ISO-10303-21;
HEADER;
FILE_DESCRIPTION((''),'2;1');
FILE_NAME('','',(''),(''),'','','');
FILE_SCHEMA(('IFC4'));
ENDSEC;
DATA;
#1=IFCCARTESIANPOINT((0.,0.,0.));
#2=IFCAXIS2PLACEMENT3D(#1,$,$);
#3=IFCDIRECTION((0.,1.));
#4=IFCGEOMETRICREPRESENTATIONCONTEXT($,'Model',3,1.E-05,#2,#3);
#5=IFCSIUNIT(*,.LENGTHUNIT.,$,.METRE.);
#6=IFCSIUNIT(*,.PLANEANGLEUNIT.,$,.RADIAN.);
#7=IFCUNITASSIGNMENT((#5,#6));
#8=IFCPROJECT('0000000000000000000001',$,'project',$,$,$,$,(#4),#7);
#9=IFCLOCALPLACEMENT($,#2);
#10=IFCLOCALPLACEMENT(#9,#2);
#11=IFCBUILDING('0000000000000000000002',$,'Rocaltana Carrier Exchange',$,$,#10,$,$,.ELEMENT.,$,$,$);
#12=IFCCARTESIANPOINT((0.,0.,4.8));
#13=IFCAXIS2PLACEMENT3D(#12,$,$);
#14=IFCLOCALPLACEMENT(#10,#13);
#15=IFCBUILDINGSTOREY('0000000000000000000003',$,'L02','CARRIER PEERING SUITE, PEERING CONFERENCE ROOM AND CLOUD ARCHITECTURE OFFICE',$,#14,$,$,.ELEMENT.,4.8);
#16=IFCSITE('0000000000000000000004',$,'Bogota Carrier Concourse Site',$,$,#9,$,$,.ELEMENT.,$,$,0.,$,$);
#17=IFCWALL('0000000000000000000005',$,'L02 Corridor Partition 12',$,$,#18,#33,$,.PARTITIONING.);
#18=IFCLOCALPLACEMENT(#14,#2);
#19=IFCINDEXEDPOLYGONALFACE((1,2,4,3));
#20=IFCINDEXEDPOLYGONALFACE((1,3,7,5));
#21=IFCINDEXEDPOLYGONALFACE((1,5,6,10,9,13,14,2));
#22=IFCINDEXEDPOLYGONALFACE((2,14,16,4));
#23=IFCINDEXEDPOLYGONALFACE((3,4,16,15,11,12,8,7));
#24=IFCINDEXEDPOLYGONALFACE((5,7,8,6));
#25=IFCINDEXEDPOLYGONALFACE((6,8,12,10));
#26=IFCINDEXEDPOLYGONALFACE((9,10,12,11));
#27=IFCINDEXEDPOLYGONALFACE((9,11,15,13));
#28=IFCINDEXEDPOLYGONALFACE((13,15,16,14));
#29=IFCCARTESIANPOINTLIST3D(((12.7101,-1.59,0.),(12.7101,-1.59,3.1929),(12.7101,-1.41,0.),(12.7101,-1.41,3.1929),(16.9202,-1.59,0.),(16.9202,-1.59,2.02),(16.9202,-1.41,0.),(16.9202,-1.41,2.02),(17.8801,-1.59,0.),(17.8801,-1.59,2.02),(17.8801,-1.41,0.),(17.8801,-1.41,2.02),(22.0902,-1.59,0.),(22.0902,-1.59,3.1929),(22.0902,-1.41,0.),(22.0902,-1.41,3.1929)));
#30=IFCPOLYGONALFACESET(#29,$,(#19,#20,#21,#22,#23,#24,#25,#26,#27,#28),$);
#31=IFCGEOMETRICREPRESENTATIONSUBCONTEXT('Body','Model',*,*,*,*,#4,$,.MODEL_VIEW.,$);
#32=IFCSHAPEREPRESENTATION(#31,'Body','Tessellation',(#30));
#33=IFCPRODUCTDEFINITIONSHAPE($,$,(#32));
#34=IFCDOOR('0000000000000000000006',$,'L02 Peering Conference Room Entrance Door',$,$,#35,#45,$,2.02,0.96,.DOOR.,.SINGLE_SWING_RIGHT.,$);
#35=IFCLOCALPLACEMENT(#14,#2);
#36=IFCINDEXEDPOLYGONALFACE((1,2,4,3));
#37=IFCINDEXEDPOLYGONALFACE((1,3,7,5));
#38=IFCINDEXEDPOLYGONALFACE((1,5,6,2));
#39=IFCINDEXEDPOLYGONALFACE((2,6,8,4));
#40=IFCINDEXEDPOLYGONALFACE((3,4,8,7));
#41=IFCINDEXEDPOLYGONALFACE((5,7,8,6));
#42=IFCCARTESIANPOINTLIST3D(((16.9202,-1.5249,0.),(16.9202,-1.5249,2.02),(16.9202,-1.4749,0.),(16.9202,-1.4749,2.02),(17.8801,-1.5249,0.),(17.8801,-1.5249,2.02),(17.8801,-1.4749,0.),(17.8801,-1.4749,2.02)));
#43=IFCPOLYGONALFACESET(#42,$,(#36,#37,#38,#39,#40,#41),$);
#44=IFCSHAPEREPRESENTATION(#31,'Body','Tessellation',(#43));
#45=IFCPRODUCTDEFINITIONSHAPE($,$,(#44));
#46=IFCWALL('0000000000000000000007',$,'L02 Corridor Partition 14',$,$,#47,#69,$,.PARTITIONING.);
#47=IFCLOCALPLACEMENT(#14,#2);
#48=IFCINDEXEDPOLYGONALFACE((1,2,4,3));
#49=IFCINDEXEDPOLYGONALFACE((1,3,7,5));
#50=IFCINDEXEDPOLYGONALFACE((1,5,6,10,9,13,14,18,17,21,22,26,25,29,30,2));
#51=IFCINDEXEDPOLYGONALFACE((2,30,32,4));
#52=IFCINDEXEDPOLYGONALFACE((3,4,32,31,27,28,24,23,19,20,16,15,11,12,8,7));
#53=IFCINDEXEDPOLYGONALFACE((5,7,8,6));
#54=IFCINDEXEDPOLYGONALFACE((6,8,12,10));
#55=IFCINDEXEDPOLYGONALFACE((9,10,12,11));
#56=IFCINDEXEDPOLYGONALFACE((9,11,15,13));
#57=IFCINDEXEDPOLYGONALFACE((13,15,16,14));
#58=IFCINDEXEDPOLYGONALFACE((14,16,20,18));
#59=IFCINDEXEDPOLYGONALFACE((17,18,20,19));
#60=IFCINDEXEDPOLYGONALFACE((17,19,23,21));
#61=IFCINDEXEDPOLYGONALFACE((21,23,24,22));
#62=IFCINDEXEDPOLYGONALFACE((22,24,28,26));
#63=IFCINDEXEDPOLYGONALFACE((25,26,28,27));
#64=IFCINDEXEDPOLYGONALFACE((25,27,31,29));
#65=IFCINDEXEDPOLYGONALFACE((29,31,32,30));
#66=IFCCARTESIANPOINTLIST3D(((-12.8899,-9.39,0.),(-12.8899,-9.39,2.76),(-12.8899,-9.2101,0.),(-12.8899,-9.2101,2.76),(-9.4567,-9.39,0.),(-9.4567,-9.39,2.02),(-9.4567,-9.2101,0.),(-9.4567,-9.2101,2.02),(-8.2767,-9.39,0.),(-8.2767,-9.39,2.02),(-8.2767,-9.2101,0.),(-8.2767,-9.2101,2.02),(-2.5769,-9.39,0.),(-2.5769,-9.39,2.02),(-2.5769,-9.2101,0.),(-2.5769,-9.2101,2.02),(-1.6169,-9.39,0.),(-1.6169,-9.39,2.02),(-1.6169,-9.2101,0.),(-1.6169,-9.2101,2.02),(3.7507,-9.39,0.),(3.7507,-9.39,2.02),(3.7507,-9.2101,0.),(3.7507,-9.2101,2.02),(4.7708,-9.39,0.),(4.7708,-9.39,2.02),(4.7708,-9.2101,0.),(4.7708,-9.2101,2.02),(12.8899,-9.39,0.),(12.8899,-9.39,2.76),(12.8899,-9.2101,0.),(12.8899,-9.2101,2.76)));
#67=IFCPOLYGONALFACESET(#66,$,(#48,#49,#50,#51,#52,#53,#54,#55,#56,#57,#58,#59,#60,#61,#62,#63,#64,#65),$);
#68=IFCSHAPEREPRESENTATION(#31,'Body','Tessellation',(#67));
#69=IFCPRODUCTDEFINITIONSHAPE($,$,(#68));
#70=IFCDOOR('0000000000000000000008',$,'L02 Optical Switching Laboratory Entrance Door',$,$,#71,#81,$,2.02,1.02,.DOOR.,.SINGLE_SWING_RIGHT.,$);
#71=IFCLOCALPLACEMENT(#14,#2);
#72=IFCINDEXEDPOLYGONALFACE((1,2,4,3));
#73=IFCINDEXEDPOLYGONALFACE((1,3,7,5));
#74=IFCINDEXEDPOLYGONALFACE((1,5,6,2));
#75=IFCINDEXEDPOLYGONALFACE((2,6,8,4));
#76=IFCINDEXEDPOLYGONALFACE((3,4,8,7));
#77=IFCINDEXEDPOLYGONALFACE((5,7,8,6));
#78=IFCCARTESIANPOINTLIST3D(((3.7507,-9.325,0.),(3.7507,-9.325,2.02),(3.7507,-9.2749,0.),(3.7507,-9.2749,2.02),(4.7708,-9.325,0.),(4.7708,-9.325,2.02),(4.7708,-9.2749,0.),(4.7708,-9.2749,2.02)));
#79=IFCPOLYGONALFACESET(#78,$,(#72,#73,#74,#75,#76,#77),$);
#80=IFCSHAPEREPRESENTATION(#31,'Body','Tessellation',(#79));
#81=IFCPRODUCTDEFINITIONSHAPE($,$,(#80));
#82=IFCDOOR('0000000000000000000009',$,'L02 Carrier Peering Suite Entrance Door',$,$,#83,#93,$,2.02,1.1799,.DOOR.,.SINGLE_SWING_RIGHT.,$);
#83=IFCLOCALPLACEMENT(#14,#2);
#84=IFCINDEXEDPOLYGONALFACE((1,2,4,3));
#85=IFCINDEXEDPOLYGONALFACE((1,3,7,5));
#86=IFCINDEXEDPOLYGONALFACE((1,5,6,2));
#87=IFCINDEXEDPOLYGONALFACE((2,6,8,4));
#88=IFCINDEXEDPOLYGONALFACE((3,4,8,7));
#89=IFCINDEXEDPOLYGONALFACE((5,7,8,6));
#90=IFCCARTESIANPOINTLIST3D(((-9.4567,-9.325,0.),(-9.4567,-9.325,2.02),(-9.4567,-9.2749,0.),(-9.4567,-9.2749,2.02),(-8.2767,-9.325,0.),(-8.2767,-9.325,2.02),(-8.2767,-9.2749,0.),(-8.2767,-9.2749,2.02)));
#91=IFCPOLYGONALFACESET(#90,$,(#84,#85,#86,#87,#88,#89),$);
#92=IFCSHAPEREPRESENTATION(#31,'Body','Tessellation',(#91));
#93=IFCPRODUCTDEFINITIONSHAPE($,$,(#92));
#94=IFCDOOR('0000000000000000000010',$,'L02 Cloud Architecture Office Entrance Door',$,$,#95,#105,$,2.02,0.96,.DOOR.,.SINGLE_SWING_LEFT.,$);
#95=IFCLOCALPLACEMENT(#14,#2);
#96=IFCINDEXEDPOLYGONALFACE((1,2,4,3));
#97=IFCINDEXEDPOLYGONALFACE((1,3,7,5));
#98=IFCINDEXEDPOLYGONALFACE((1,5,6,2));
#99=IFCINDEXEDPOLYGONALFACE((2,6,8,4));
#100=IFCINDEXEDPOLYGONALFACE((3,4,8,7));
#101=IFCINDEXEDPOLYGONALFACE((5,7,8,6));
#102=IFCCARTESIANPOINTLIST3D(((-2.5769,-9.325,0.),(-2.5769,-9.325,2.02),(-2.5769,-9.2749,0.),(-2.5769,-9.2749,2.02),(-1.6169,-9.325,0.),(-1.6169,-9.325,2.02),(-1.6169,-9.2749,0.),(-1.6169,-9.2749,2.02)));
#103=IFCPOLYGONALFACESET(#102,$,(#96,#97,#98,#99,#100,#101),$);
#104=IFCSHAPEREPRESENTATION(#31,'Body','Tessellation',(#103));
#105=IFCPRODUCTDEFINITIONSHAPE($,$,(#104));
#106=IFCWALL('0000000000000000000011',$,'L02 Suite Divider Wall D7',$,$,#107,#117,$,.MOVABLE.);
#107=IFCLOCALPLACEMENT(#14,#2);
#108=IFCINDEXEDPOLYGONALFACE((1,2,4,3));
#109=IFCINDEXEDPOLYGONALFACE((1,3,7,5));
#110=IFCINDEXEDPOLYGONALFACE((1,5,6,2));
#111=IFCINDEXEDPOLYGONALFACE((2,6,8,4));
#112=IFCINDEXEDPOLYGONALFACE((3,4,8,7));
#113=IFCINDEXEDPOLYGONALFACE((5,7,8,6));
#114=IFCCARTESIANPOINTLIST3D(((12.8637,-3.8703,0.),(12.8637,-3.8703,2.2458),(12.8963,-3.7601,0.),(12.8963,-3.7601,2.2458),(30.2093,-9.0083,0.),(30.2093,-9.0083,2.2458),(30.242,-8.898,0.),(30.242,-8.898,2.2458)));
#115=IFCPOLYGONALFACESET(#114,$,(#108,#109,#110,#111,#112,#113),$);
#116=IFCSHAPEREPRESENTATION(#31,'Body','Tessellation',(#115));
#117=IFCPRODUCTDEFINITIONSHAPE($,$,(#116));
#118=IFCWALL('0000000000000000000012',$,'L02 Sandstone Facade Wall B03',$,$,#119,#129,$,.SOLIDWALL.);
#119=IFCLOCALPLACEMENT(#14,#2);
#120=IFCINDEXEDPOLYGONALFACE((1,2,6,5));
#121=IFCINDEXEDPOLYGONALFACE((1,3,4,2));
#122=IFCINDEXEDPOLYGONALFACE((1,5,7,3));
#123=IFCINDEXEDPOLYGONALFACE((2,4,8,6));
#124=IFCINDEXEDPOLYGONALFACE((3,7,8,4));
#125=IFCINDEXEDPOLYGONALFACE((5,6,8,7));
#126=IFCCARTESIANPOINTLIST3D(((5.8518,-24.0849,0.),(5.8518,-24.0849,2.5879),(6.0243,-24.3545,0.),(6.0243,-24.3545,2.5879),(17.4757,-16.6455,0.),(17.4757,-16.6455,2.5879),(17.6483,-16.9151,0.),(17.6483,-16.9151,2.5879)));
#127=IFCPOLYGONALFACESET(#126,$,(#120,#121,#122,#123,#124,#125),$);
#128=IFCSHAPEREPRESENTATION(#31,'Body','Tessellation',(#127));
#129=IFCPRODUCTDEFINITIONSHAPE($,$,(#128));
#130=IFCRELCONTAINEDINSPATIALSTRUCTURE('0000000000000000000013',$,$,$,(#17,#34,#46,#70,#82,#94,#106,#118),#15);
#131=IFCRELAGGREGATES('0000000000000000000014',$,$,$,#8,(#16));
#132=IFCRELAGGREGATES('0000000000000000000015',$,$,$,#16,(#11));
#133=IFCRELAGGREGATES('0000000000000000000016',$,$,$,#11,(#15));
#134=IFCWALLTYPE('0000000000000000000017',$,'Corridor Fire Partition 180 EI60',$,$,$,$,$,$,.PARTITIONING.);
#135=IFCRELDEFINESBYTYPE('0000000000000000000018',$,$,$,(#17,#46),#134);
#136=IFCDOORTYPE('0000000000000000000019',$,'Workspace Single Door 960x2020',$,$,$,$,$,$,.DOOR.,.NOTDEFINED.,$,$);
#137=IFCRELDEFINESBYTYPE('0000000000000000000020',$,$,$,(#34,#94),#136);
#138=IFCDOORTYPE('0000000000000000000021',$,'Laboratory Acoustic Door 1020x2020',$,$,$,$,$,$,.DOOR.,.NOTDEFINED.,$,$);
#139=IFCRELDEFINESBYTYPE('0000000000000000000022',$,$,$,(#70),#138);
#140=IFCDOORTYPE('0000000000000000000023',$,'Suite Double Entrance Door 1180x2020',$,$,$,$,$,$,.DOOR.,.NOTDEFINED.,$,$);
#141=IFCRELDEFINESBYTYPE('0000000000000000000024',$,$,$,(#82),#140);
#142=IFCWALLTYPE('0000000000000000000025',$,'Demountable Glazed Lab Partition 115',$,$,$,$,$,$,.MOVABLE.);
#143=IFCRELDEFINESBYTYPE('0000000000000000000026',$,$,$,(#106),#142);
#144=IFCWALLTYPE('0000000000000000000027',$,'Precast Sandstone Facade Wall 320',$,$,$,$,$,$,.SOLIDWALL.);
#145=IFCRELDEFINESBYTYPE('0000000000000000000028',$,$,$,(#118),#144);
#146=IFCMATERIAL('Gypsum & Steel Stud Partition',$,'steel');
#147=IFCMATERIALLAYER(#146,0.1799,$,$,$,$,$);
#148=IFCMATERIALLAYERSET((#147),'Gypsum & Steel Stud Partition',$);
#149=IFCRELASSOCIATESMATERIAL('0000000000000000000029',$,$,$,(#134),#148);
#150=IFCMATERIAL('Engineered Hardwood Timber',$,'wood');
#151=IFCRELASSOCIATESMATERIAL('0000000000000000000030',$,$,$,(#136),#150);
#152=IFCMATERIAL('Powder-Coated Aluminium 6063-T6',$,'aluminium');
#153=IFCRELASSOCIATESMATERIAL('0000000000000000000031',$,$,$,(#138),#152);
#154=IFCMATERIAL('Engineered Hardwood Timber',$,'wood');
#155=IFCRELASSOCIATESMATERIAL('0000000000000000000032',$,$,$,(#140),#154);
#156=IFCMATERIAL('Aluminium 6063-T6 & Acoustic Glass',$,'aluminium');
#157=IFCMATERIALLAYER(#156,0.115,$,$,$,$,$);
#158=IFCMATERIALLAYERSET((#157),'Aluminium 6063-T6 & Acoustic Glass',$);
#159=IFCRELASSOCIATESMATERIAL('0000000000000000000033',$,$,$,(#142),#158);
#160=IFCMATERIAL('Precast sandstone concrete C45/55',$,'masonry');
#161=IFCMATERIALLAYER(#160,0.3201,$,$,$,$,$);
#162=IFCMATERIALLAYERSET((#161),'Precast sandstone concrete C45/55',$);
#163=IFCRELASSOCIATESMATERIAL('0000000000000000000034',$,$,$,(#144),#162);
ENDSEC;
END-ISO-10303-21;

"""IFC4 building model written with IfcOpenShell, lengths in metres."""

from ifc_helpers import new_model, si_unit, direction, frame, frame_2d, origin, place, context, subcontext, project, spatial, rectangle, extrude, material, layer, layer_set, type_object, element, fill, save


model = new_model("IFC4")

# Units and contexts
model_context = context("Model", 3, precision=1e-05, world=origin(), true_north=direction((0.0, 1.0)))
body_context = subcontext(model_context, "Body", "Model", "MODEL_VIEW")
ifc_project = project(units=[si_unit("LENGTHUNIT", "METRE"), si_unit("PLANEANGLEUNIT", "RADIAN")], contexts=[model_context])

# Site, building, storey
site_placement = place(None, origin())
site = spatial("IfcSite", under=ifc_project, at=site_placement, Name="Bogota Carrier Concourse Site", CompositionType="ELEMENT", RefElevation=0.0)
building_placement = place(site_placement, origin())
building = spatial("IfcBuilding", under=site, at=building_placement, Name="Rocaltana Carrier Exchange", CompositionType="ELEMENT")
storey_placement = place(building_placement, frame((0.0, 0.0, 4.8)))
storey = spatial("IfcBuildingStorey", under=building, at=storey_placement, Name="L02", Description="CARRIER PEERING SUITE, PEERING CONFERENCE ROOM AND CLOUD ARCHITECTURE OFFICE", CompositionType="ELEMENT", Elevation=4.8)

# Wall, opening, door
ifc_material_1 = material(Name="Gypsum & Steel Stud Partition", Category="steel")
ifc_layer_1 = layer(ifc_material_1, 0.1799)
ifc_layer_set_1 = layer_set([ifc_layer_1], Name="Gypsum & Steel Stud Partition")
wall_type_1 = type_object("IfcWallType", Name="Corridor Fire Partition 180 EI60", PredefinedType="PARTITIONING", material=ifc_layer_set_1)
wall_1_placement = place(storey_placement, frame((22.0901, -1.5, 0.0), z_axis=(0.0, 0.0, 1.0), x_axis=(-1.0, 0.0, 0.0)))
wall_1 = element("IfcWall", 1, at=wall_1_placement, inside=storey, type_object=wall_type_1, Name="L02 Corridor Partition 12", PredefinedType="PARTITIONING", context=body_context, shape_type="SweptSolid", body=[
    extrude(rectangle(XDim=9.3801, YDim=0.1799, at=frame_2d((4.6899, 0.0))), origin(), (0.0, 0.0, 1.0), 3.1929),
])
opening_1_placement = place(wall_1_placement, frame((4.21, 0.0, 0.0)))
opening_1 = element("IfcOpeningElement", 2, at=opening_1_placement, cuts=wall_1, PredefinedType="OPENING", context=body_context, shape_type="SweptSolid", body=[
    extrude(rectangle(XDim=0.96, YDim=2.02, at=frame_2d((0.48, 1.01))), frame((0.0, 0.0999, 0.0), z_axis=(0.0, -1.0, 0.0), x_axis=(1.0, 0.0, 0.0)), (0.0, 0.0, 1.0), 0.2),
])
ifc_material_2 = material(Name="Engineered Hardwood Timber", Category="wood")
door_type_1 = type_object("IfcDoorType", Name="Workspace Single Door 960x2020", OperationType="NOTDEFINED", PredefinedType="DOOR", material=ifc_material_2)
door_1_placement = place(opening_1_placement, origin())
door_1 = element("IfcDoor", 3, at=door_1_placement, inside=storey, type_object=door_type_1, Name="L02 Peering Conference Room Entrance Door", OperationType="SINGLE_SWING_RIGHT", OverallHeight=2.02, OverallWidth=0.96, PredefinedType="DOOR", context=body_context, shape_type="SweptSolid", body=[
    extrude(rectangle(XDim=0.96, YDim=2.02, at=frame_2d((0.48, 1.01))), frame((0.0, 0.0249, 0.0), z_axis=(0.0, -1.0, 0.0), x_axis=(1.0, 0.0, 0.0)), (0.0, 0.0, 1.0), 0.05),
])
fill(opening_1, door_1)

# Wall, openings, doors
wall_2_placement = place(storey_placement, frame((12.8899, -9.3, 0.0), z_axis=(0.0, 0.0, 1.0), x_axis=(-1.0, 0.0, 0.0)))
wall_2 = element("IfcWall", 4, at=wall_2_placement, inside=storey, type_object=wall_type_1, Name="L02 Corridor Partition 14", PredefinedType="PARTITIONING", context=body_context, shape_type="SweptSolid", body=[
    extrude(rectangle(XDim=25.7798, YDim=0.1799, at=frame_2d((12.8899, 0.0))), origin(), (0.0, 0.0, 1.0), 2.76),
])
opening_2_placement = place(wall_2_placement, frame((21.1667, 0.0, 0.0)))
opening_2 = element("IfcOpeningElement", 5, at=opening_2_placement, cuts=wall_2, PredefinedType="OPENING", context=body_context, shape_type="SweptSolid", body=[
    extrude(rectangle(XDim=1.1799, YDim=2.02, at=frame_2d((0.5898, 1.01))), frame((0.0, 0.0999, 0.0), z_axis=(0.0, -1.0, 0.0), x_axis=(1.0, 0.0, 0.0)), (0.0, 0.0, 1.0), 0.2),
])
opening_3_placement = place(wall_2_placement, frame((14.5068, 0.0, 0.0)))
opening_3 = element("IfcOpeningElement", 6, at=opening_3_placement, cuts=wall_2, PredefinedType="OPENING", context=body_context, shape_type="SweptSolid", body=[
    extrude(rectangle(XDim=0.96, YDim=2.02, at=frame_2d((0.48, 1.01))), frame((0.0, 0.0999, 0.0), z_axis=(0.0, -1.0, 0.0), x_axis=(1.0, 0.0, 0.0)), (0.0, 0.0, 1.0), 0.2),
])
opening_4_placement = place(wall_2_placement, frame((8.1191, 0.0, 0.0)))
opening_4 = element("IfcOpeningElement", 7, at=opening_4_placement, cuts=wall_2, PredefinedType="OPENING", context=body_context, shape_type="SweptSolid", body=[
    extrude(rectangle(XDim=1.02, YDim=2.02, at=frame_2d((0.51, 1.01))), frame((0.0, 0.0999, 0.0), z_axis=(0.0, -1.0, 0.0), x_axis=(1.0, 0.0, 0.0)), (0.0, 0.0, 1.0), 0.2),
])
ifc_material_3 = material(Name="Powder-Coated Aluminium 6063-T6", Category="aluminium")
door_type_2 = type_object("IfcDoorType", Name="Laboratory Acoustic Door 1020x2020", OperationType="NOTDEFINED", PredefinedType="DOOR", material=ifc_material_3)
door_2_placement = place(opening_4_placement, origin())
door_2 = element("IfcDoor", 8, at=door_2_placement, inside=storey, type_object=door_type_2, Name="L02 Optical Switching Laboratory Entrance Door", OperationType="SINGLE_SWING_RIGHT", OverallHeight=2.02, OverallWidth=1.02, PredefinedType="DOOR", context=body_context, shape_type="SweptSolid", body=[
    extrude(rectangle(XDim=1.02, YDim=2.02, at=frame_2d((0.51, 1.01))), frame((0.0, 0.0249, 0.0), z_axis=(0.0, -1.0, 0.0), x_axis=(1.0, 0.0, 0.0)), (0.0, 0.0, 1.0), 0.05),
])
fill(opening_4, door_2)
ifc_material_4 = material(Name="Engineered Hardwood Timber", Category="wood")
door_type_3 = type_object("IfcDoorType", Name="Suite Double Entrance Door 1180x2020", OperationType="NOTDEFINED", PredefinedType="DOOR", material=ifc_material_4)
door_3_placement = place(opening_2_placement, origin())
door_3 = element("IfcDoor", 9, at=door_3_placement, inside=storey, type_object=door_type_3, Name="L02 Carrier Peering Suite Entrance Door", OperationType="SINGLE_SWING_RIGHT", OverallHeight=2.02, OverallWidth=1.1799, PredefinedType="DOOR", context=body_context, shape_type="SweptSolid", body=[
    extrude(rectangle(XDim=1.1799, YDim=2.02, at=frame_2d((0.5898, 1.01))), frame((0.0, 0.0249, 0.0), z_axis=(0.0, -1.0, 0.0), x_axis=(1.0, 0.0, 0.0)), (0.0, 0.0, 1.0), 0.05),
])
fill(opening_2, door_3)
door_4_placement = place(opening_3_placement, origin())
door_4 = element("IfcDoor", 10, at=door_4_placement, inside=storey, type_object=door_type_1, Name="L02 Cloud Architecture Office Entrance Door", OperationType="SINGLE_SWING_LEFT", OverallHeight=2.02, OverallWidth=0.96, PredefinedType="DOOR", context=body_context, shape_type="SweptSolid", body=[
    extrude(rectangle(XDim=0.96, YDim=2.02, at=frame_2d((0.48, 1.01))), frame((0.0, 0.0249, 0.0), z_axis=(0.0, -1.0, 0.0), x_axis=(1.0, 0.0, 0.0)), (0.0, 0.0, 1.0), 0.05),
])
fill(opening_3, door_4)

# Walls
ifc_material_5 = material(Name="Aluminium 6063-T6 & Acoustic Glass", Category="aluminium")
ifc_layer_2 = layer(ifc_material_5, 0.115)
ifc_layer_set_2 = layer_set([ifc_layer_2], Name="Aluminium 6063-T6 & Acoustic Glass")
wall_type_2 = type_object("IfcWallType", Name="Demountable Glazed Lab Partition 115", PredefinedType="MOVABLE", material=ifc_layer_set_2)
wall_3_placement = place(storey_placement, frame((12.8799, -3.8152, 0.0), z_axis=(0.0, 0.0, 1.0), x_axis=(0.958821, -0.284011, 0.0)))
element("IfcWall", 11, at=wall_3_placement, inside=storey, type_object=wall_type_2, Name="L02 Suite Divider Wall D7", PredefinedType="MOVABLE", context=body_context, shape_type="SweptSolid", body=[
    extrude(rectangle(XDim=18.0906, YDim=0.115, at=frame_2d((9.0454, 0.0))), origin(), (0.0, 0.0, 1.0), 2.2458),
])
ifc_material_6 = material(Name="Precast sandstone concrete C45/55", Category="masonry")
ifc_layer_3 = layer(ifc_material_6, 0.3201)
ifc_layer_set_3 = layer_set([ifc_layer_3], Name="Precast sandstone concrete C45/55")
wall_type_3 = type_object("IfcWallType", Name="Precast Sandstone Facade Wall 320", PredefinedType="SOLIDWALL", material=ifc_layer_set_3)
wall_4_placement = place(storey_placement, frame((17.562, -16.7803, 0.0), z_axis=(0.0, 0.0, 1.0), x_axis=(-0.842269, -0.539058, 0.0)))
element("IfcWall", 12, at=wall_4_placement, inside=storey, type_object=wall_type_3, Name="L02 Sandstone Facade Wall B03", PredefinedType="SOLIDWALL", context=body_context, shape_type="SweptSolid", body=[
    extrude(rectangle(XDim=13.8008, YDim=0.3201, at=frame_2d((6.9004, 0.0))), origin(), (0.0, 0.0, 1.0), 2.5879),
])

save(model, "model.ifc")
